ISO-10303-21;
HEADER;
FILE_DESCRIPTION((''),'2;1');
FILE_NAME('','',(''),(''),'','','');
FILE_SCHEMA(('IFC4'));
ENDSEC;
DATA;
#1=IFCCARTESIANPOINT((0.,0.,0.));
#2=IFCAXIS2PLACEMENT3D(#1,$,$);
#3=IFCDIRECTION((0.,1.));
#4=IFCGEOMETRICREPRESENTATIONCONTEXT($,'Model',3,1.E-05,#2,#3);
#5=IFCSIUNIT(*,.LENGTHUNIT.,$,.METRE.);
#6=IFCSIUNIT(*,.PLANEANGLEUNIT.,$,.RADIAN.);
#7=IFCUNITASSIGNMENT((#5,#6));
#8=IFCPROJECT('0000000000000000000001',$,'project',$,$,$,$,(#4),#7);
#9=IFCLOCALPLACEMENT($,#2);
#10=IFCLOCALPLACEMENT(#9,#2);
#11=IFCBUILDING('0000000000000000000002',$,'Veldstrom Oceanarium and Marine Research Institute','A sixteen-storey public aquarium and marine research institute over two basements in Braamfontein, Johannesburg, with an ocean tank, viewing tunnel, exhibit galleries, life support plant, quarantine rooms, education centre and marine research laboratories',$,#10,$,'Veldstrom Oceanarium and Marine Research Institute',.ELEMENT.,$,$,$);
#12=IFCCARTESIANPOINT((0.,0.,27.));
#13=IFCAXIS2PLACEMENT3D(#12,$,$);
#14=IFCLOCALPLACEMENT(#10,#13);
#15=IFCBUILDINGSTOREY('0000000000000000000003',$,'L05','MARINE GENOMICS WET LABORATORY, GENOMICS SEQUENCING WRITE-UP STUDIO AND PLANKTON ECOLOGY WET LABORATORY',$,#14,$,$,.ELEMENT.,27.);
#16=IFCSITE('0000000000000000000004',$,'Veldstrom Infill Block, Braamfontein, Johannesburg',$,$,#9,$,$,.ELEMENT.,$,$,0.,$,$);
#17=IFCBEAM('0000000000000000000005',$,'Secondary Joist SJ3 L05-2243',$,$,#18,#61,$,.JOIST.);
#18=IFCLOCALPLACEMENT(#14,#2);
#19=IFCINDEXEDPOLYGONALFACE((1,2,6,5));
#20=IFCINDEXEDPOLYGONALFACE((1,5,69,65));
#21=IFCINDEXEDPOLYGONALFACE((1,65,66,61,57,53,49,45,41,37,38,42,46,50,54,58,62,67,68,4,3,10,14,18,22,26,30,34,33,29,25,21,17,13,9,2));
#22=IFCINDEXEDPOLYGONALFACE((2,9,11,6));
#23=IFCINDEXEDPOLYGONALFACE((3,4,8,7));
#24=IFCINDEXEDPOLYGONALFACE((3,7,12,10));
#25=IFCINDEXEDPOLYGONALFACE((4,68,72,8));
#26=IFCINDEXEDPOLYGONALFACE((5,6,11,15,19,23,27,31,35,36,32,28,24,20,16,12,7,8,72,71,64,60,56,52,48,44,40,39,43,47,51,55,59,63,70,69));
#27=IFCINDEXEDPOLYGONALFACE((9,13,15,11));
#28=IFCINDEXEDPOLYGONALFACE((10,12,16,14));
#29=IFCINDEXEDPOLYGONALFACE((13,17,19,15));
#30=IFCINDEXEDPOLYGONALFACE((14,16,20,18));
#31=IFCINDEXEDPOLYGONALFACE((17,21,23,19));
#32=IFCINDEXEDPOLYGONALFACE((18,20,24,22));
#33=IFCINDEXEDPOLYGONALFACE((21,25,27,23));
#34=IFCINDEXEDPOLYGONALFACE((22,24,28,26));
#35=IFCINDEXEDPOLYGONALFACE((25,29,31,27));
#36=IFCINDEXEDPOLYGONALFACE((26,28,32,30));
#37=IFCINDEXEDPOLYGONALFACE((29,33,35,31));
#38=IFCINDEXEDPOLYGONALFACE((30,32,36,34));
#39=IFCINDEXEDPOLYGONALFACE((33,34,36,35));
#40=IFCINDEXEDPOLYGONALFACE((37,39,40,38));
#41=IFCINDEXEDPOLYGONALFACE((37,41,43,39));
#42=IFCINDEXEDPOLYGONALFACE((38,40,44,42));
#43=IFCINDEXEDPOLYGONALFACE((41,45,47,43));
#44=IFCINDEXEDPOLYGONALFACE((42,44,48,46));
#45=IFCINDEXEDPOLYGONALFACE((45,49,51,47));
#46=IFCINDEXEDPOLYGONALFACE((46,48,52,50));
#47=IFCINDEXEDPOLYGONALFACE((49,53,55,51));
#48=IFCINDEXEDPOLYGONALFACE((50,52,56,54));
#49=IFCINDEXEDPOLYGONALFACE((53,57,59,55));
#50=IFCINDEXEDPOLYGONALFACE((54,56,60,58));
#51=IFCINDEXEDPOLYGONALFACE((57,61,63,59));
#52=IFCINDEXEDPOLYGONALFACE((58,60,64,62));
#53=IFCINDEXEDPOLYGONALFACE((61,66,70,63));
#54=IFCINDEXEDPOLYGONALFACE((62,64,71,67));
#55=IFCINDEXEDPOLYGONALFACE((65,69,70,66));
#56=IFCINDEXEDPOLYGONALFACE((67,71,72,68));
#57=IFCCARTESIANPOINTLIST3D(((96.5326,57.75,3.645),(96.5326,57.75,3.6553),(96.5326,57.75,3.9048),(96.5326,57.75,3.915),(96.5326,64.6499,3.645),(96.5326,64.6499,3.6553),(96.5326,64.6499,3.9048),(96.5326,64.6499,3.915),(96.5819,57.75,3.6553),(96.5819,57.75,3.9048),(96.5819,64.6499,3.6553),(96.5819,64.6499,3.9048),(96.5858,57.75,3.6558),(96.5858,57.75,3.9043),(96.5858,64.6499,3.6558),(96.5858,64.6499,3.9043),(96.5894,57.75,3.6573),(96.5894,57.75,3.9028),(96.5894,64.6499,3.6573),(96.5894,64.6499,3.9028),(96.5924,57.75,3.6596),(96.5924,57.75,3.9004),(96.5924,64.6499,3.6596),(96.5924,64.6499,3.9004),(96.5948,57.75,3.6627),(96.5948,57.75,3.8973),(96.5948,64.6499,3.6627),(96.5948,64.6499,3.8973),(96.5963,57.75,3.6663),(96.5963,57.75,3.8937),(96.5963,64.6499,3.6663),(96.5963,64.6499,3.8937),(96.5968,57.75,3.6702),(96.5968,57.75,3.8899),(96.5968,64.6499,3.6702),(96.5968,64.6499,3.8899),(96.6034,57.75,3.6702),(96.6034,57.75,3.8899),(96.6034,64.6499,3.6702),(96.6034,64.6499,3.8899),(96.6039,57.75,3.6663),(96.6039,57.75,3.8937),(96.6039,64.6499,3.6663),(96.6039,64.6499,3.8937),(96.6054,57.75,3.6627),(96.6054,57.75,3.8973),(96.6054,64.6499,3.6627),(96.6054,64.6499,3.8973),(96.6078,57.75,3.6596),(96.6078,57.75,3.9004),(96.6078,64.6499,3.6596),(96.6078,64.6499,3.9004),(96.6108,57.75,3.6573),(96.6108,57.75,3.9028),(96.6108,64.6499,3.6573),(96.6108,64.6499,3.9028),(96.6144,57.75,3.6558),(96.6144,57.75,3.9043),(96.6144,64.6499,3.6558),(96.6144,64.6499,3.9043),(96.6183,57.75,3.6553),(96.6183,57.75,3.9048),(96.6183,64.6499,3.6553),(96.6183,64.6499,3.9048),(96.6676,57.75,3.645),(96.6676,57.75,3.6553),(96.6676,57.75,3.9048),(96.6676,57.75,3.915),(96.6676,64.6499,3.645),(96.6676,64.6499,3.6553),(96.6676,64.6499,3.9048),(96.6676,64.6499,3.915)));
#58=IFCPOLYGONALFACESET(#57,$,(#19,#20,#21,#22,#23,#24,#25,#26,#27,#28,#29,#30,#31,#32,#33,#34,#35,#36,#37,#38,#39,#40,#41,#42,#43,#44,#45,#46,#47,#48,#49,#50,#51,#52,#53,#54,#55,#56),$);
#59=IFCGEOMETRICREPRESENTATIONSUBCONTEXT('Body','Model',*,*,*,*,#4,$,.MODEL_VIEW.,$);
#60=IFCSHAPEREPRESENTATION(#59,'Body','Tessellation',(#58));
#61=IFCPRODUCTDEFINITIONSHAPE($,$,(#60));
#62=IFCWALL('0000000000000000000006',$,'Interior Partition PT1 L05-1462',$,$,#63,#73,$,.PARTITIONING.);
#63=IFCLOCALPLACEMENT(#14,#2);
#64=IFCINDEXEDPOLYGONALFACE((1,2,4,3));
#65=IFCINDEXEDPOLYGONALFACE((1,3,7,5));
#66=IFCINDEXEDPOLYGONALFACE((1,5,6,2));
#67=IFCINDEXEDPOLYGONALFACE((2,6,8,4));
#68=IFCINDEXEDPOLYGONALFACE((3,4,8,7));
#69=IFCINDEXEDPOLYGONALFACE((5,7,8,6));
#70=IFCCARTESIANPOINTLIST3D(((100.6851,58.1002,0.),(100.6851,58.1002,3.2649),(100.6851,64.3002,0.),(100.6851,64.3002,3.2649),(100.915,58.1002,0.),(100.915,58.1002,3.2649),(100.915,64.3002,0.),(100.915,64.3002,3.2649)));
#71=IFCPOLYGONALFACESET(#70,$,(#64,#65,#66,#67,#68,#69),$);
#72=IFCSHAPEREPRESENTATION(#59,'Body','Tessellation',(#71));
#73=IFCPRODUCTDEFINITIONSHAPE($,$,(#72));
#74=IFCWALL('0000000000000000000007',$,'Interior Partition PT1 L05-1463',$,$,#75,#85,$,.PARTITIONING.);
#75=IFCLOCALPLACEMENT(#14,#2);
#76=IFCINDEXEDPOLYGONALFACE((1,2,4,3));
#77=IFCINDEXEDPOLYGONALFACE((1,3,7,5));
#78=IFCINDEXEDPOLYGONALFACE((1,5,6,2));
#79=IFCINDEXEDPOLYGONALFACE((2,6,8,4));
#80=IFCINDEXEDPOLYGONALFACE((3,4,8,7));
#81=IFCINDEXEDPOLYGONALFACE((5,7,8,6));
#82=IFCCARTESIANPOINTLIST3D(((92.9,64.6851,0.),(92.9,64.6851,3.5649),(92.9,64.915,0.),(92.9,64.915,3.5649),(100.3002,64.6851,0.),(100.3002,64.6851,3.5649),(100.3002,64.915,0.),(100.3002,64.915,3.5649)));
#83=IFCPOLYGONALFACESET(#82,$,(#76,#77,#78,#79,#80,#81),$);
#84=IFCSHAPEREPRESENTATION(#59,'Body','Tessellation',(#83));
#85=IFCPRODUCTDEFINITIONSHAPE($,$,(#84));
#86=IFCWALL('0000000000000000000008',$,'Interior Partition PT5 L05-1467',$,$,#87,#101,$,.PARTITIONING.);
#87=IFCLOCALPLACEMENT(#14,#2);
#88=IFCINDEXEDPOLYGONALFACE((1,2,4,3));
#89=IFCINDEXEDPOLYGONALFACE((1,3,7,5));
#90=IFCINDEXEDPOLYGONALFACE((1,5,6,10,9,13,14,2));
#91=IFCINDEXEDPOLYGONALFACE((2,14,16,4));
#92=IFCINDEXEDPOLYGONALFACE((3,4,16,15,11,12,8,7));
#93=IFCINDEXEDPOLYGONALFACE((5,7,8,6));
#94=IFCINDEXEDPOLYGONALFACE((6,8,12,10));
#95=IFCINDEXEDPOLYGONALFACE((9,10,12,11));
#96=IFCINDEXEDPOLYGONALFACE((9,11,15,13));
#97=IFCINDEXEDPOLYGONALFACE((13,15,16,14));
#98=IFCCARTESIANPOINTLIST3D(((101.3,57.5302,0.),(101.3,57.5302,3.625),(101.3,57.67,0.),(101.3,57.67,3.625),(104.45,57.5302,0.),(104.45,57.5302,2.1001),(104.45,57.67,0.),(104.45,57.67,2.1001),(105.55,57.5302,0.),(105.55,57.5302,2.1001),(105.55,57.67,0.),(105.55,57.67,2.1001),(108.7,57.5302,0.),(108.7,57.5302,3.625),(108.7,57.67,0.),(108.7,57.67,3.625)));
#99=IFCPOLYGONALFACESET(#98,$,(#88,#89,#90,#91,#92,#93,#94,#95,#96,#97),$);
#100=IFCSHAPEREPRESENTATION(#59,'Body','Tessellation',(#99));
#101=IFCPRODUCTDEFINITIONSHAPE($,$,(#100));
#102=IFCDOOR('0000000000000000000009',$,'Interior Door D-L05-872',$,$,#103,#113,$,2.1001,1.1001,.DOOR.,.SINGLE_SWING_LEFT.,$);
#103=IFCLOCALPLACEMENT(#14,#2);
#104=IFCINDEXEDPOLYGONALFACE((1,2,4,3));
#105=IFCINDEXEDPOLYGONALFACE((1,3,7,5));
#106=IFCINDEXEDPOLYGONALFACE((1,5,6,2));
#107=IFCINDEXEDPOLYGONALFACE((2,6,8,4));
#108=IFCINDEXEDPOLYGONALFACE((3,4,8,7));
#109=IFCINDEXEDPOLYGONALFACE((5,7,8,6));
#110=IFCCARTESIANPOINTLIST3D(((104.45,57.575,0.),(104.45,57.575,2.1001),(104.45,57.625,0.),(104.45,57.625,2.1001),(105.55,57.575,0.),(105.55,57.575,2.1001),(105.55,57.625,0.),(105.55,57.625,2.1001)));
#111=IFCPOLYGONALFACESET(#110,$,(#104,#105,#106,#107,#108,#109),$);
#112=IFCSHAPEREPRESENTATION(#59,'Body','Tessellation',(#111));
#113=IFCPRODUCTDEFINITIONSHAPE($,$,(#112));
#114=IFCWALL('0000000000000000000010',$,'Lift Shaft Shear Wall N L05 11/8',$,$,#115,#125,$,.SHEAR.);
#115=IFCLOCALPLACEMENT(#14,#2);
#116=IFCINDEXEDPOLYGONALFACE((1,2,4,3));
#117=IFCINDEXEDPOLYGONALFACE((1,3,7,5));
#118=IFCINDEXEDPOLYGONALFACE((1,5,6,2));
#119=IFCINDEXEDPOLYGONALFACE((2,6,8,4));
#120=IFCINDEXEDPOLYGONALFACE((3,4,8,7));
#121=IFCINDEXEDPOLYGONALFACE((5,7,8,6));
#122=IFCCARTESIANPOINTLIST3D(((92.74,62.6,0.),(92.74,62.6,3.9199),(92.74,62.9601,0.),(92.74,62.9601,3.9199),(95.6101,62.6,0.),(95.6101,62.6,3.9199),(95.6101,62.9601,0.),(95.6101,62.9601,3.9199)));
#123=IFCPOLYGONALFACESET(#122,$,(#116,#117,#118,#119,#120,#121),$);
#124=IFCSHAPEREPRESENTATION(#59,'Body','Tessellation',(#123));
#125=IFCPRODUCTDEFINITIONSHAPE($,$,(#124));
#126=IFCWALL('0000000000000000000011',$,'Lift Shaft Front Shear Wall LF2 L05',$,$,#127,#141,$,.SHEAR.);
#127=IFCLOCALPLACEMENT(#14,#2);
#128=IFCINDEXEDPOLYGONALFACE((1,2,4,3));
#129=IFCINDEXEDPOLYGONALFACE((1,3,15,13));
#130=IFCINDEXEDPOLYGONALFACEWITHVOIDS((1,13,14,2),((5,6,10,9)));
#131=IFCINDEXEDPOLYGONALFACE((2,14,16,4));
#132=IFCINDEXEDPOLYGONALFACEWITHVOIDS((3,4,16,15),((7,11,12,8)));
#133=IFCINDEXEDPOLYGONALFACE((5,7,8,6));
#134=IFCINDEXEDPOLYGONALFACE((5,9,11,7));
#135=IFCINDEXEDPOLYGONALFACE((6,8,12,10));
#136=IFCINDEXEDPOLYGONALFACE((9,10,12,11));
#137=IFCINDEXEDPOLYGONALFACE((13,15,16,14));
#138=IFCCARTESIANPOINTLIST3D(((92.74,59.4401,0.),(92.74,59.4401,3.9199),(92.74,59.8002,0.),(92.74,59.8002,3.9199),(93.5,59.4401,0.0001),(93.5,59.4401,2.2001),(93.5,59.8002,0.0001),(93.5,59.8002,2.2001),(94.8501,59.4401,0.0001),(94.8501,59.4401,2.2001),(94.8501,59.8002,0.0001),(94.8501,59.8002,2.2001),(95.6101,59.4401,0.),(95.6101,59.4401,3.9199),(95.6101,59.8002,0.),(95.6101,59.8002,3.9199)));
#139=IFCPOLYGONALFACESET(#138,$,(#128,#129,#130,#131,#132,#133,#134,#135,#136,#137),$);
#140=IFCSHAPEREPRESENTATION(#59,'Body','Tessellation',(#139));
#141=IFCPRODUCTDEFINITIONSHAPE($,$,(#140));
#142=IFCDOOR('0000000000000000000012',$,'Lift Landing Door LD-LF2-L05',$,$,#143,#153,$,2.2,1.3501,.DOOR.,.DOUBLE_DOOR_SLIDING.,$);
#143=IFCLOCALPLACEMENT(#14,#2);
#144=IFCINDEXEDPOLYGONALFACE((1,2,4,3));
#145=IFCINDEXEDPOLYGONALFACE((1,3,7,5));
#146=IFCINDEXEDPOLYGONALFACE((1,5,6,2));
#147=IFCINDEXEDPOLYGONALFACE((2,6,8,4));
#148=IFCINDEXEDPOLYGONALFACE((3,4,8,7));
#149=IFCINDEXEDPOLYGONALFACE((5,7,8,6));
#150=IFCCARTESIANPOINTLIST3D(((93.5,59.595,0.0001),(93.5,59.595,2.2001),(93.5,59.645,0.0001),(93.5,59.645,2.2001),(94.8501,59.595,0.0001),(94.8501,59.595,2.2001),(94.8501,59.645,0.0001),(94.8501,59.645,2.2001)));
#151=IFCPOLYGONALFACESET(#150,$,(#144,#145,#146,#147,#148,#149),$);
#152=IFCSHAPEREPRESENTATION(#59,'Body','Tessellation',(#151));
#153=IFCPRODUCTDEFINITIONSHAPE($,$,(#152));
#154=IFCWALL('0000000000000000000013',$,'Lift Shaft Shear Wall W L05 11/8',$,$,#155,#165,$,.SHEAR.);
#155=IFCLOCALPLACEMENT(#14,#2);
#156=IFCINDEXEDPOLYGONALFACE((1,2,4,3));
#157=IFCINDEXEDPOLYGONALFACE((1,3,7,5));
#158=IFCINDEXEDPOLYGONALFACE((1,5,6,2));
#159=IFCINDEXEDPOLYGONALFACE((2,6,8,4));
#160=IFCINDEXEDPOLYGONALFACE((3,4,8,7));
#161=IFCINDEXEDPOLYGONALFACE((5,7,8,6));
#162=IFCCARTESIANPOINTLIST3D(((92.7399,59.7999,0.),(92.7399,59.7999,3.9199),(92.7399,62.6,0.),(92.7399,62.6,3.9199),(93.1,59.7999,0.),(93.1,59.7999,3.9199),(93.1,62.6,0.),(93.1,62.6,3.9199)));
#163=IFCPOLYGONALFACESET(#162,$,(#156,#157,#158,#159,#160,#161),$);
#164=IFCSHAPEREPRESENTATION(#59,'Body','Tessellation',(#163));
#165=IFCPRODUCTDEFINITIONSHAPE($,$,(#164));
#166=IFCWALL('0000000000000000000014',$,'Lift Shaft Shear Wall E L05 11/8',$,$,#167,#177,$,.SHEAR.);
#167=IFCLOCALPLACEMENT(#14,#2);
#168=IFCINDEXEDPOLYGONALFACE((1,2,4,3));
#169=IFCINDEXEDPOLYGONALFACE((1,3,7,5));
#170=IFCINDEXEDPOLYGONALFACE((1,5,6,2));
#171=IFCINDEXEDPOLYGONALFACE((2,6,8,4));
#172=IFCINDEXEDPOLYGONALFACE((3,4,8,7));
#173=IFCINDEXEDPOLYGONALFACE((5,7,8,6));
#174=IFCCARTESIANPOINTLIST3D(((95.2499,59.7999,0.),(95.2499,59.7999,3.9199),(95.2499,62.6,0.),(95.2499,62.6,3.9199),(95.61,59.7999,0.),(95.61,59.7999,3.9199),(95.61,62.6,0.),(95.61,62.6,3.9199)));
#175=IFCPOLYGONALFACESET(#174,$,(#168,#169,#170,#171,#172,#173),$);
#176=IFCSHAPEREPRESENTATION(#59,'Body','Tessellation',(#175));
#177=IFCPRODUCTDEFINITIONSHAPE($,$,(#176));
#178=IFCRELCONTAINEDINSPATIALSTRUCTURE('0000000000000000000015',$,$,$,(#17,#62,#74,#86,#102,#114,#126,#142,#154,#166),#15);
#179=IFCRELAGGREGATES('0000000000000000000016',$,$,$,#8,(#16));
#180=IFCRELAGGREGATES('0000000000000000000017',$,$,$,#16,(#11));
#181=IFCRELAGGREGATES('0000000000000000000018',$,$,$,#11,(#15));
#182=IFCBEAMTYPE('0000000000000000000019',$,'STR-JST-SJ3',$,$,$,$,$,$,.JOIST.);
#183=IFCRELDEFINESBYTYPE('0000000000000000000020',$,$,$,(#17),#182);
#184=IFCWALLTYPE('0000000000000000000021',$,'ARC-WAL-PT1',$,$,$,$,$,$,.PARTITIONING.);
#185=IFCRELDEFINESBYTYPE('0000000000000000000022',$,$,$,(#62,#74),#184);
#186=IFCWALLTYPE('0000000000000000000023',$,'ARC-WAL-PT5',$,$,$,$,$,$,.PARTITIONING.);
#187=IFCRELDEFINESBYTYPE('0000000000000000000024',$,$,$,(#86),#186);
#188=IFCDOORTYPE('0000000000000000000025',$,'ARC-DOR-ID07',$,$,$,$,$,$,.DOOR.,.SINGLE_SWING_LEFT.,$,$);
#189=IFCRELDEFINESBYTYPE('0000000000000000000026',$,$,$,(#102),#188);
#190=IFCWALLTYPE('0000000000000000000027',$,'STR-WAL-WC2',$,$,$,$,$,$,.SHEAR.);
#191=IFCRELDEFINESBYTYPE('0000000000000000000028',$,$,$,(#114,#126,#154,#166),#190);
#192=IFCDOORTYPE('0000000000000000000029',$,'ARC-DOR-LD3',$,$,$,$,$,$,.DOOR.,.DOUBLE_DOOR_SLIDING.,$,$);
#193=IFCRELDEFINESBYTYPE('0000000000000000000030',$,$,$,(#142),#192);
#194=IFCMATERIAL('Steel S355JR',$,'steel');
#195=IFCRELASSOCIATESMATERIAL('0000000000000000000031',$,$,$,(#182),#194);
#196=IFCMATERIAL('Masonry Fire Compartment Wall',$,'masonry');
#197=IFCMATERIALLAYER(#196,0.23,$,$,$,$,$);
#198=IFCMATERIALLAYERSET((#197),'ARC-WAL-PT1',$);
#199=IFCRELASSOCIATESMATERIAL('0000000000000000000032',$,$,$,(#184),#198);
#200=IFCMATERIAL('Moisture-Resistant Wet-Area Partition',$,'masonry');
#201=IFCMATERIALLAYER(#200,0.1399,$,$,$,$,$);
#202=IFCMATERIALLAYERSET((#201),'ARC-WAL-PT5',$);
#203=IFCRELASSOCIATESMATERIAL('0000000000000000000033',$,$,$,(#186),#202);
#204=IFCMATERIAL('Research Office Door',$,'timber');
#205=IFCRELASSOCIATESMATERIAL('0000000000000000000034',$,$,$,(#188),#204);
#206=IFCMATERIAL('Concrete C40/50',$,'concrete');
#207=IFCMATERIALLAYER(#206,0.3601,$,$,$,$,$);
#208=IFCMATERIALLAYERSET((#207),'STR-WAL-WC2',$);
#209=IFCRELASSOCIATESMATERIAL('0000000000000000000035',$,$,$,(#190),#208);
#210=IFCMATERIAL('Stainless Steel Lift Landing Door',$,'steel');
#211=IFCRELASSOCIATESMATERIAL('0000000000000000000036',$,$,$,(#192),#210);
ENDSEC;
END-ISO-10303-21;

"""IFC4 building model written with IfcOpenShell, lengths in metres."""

from ifc_helpers import new_model, si_unit, direction, frame, frame_2d, origin, origin_2d, place, context, subcontext, project, spatial, rectangle, i_section, extrude, material, layer, layer_set, material_profile, profile_set, type_object, element, fill, save


model = new_model("IFC4")

# Units and contexts
model_context = context("Model", 3, precision=1e-05, world=origin(), true_north=direction((0.0, 1.0)))
body_context = subcontext(model_context, "Body", "Model", "MODEL_VIEW")
ifc_project = project(units=[si_unit("LENGTHUNIT", "METRE"), si_unit("PLANEANGLEUNIT", "RADIAN")], contexts=[model_context])

# Site, building, storey
site_placement = place(None, origin())
site = spatial("IfcSite", under=ifc_project, at=site_placement, Name="Veldstrom Infill Block, Braamfontein, Johannesburg", CompositionType="ELEMENT", RefElevation=0.0)
building_placement = place(site_placement, origin())
building = spatial("IfcBuilding", under=site, at=building_placement, Name="Veldstrom Oceanarium and Marine Research Institute", Description="A sixteen-storey public aquarium and marine research institute over two basements in Braamfontein, Johannesburg, with an ocean tank, viewing tunnel, exhibit galleries, life support plant, quarantine rooms, education centre and marine research laboratories", LongName="Veldstrom Oceanarium and Marine Research Institute", CompositionType="ELEMENT")
storey_placement = place(building_placement, frame((0.0, 0.0, 27.0)))
storey = spatial("IfcBuildingStorey", under=building, at=storey_placement, Name="L05", Description="MARINE GENOMICS WET LABORATORY, GENOMICS SEQUENCING WRITE-UP STUDIO AND PLANKTON ECOLOGY WET LABORATORY", CompositionType="ELEMENT", Elevation=27.0)

# Beam
ifc_material_1 = material(Name="Steel S355JR", Category="steel")
ifc_material_profile_1 = material_profile(ifc_material_1, i_section(OverallWidth=0.135, OverallDepth=0.27, WebThickness=0.0066, FlangeThickness=0.0103, FilletRadius=0.0149, at=origin_2d()), Name="IPE 270")
ifc_profile_set_1 = profile_set([ifc_material_profile_1], Name="Steel S355JR")
beam_type_1 = type_object("IfcBeamType", Name="STR-JST-SJ3", PredefinedType="JOIST", material=ifc_profile_set_1)
beam_1_placement = place(storey_placement, frame((96.6001, 57.75, 3.78), z_axis=(0.0, 1.0, 0.0), x_axis=(-1.0, 0.0, 0.0)))
element("IfcBeam", 1, at=beam_1_placement, inside=storey, type_object=beam_type_1, Name="Secondary Joist SJ3 L05-2243", PredefinedType="JOIST", context=body_context, shape_type="SweptSolid", body=[
    extrude(i_section(OverallWidth=0.135, OverallDepth=0.27, WebThickness=0.0066, FlangeThickness=0.0103, FilletRadius=0.0149, at=origin_2d()), origin(), (0.0, 0.0, 1.0), 6.8999),
])

# Shared definitions
ifc_material_2 = material(Name="Masonry Fire Compartment Wall", Category="masonry")
ifc_layer_1 = layer(ifc_material_2, 0.23)
ifc_layer_set_1 = layer_set([ifc_layer_1], Name="ARC-WAL-PT1")
wall_type_1 = type_object("IfcWallType", Name="ARC-WAL-PT1", PredefinedType="PARTITIONING", material=ifc_layer_set_1)

# Walls
wall_1_placement = place(storey_placement, frame((100.8, 58.1001, 0.0), z_axis=(0.0, 0.0, 1.0), x_axis=(0.0, 1.0, 0.0)))
element("IfcWall", 2, at=wall_1_placement, inside=storey, type_object=wall_type_1, Name="Interior Partition PT1 L05-1462", PredefinedType="PARTITIONING", context=body_context, shape_type="SweptSolid", body=[
    extrude(rectangle(XDim=6.2, YDim=0.23, at=frame_2d((3.1001, 0.0))), origin(), (0.0, 0.0, 1.0), 3.2649),
])
wall_2_placement = place(storey_placement, frame((92.8999, 64.8, 0.0), z_axis=(0.0, 0.0, 1.0), x_axis=(1.0, 0.0, 0.0)))
element("IfcWall", 3, at=wall_2_placement, inside=storey, type_object=wall_type_1, Name="Interior Partition PT1 L05-1463", PredefinedType="PARTITIONING", context=body_context, shape_type="SweptSolid", body=[
    extrude(rectangle(XDim=7.4001, YDim=0.23, at=frame_2d((3.7002, 0.0))), origin(), (0.0, 0.0, 1.0), 3.5649),
])

# Wall, opening, door
ifc_material_3 = material(Name="Moisture-Resistant Wet-Area Partition", Category="masonry")
ifc_layer_2 = layer(ifc_material_3, 0.1399)
ifc_layer_set_2 = layer_set([ifc_layer_2], Name="ARC-WAL-PT5")
wall_type_2 = type_object("IfcWallType", Name="ARC-WAL-PT5", PredefinedType="PARTITIONING", material=ifc_layer_set_2)
wall_3_placement = place(storey_placement, frame((101.3, 57.6001, 0.0), z_axis=(0.0, 0.0, 1.0), x_axis=(1.0, 0.0, 0.0)))
wall_3 = element("IfcWall", 4, at=wall_3_placement, inside=storey, type_object=wall_type_2, Name="Interior Partition PT5 L05-1467", PredefinedType="PARTITIONING", context=body_context, shape_type="SweptSolid", body=[
    extrude(rectangle(XDim=7.3999, YDim=0.1399, at=frame_2d((3.7, 0.0))), origin(), (0.0, 0.0, 1.0), 3.625),
])
opening_1_placement = place(wall_3_placement, frame((3.1499, 0.0, 0.0)))
opening_1 = element("IfcOpeningElement", 5, at=opening_1_placement, cuts=wall_3, PredefinedType="OPENING", context=body_context, shape_type="SweptSolid", body=[
    extrude(rectangle(XDim=1.1001, YDim=2.1001, at=frame_2d((0.55, 1.05))), frame((0.0, 0.0798, 0.0), z_axis=(0.0, -1.0, 0.0), x_axis=(1.0, 0.0, 0.0)), (0.0, 0.0, 1.0), 0.1599),
])
ifc_material_4 = material(Name="Research Office Door", Category="timber")
door_type_1 = type_object("IfcDoorType", Name="ARC-DOR-ID07", OperationType="SINGLE_SWING_LEFT", PredefinedType="DOOR", material=ifc_material_4)
door_1_placement = place(opening_1_placement, origin())
door_1 = element("IfcDoor", 6, at=door_1_placement, inside=storey, type_object=door_type_1, Name="Interior Door D-L05-872", OperationType="SINGLE_SWING_LEFT", OverallHeight=2.1001, OverallWidth=1.1001, PredefinedType="DOOR", context=body_context, shape_type="SweptSolid", body=[
    extrude(rectangle(XDim=1.1001, YDim=2.1001, at=frame_2d((0.55, 1.05))), frame((0.0, 0.0249, 0.0), z_axis=(0.0, -1.0, 0.0), x_axis=(1.0, 0.0, 0.0)), (0.0, 0.0, 1.0), 0.05),
])
fill(opening_1, door_1)

# Wall
ifc_material_5 = material(Name="Concrete C40/50", Category="concrete")
ifc_layer_3 = layer(ifc_material_5, 0.3601)
ifc_layer_set_3 = layer_set([ifc_layer_3], Name="STR-WAL-WC2")
wall_type_3 = type_object("IfcWallType", Name="STR-WAL-WC2", PredefinedType="SHEAR", material=ifc_layer_set_3)
wall_4_placement = place(storey_placement, frame((92.74, 62.78, 0.0), z_axis=(0.0, 0.0, 1.0), x_axis=(1.0, 0.0, 0.0)))
element("IfcWall", 7, at=wall_4_placement, inside=storey, type_object=wall_type_3, Name="Lift Shaft Shear Wall N L05 11/8", PredefinedType="SHEAR", context=body_context, shape_type="SweptSolid", body=[
    extrude(rectangle(XDim=2.8701, YDim=0.3601, at=frame_2d((1.4351, 0.0))), origin(), (0.0, 0.0, 1.0), 3.9199),
])

# Wall, opening, door
wall_5_placement = place(storey_placement, frame((92.74, 59.6201, 0.0), z_axis=(0.0, 0.0, 1.0), x_axis=(1.0, 0.0, 0.0)))
wall_5 = element("IfcWall", 8, at=wall_5_placement, inside=storey, type_object=wall_type_3, Name="Lift Shaft Front Shear Wall LF2 L05", PredefinedType="SHEAR", context=body_context, shape_type="SweptSolid", body=[
    extrude(rectangle(XDim=2.8701, YDim=0.3601, at=frame_2d((1.4351, 0.0))), origin(), (0.0, 0.0, 1.0), 3.9199),
])
opening_2_placement = place(wall_5_placement, frame((0.76, 0.0, 0.0)))
opening_2 = element("IfcOpeningElement", 9, at=opening_2_placement, cuts=wall_5, PredefinedType="OPENING", context=body_context, shape_type="SweptSolid", body=[
    extrude(rectangle(XDim=1.3501, YDim=2.2, at=frame_2d((0.675, 1.1001))), frame((0.0, 0.1899, 0.0), z_axis=(0.0, -1.0, 0.0), x_axis=(1.0, 0.0, 0.0)), (0.0, 0.0, 1.0), 0.3801),
])
ifc_material_6 = material(Name="Stainless Steel Lift Landing Door", Category="steel")
door_type_2 = type_object("IfcDoorType", Name="ARC-DOR-LD3", OperationType="DOUBLE_DOOR_SLIDING", PredefinedType="DOOR", material=ifc_material_6)
door_2_placement = place(opening_2_placement, origin())
door_2 = element("IfcDoor", 10, at=door_2_placement, inside=storey, type_object=door_type_2, Name="Lift Landing Door LD-LF2-L05", OperationType="DOUBLE_DOOR_SLIDING", OverallHeight=2.2, OverallWidth=1.3501, PredefinedType="DOOR", context=body_context, shape_type="SweptSolid", body=[
    extrude(rectangle(XDim=1.3501, YDim=2.2, at=frame_2d((0.675, 1.1001))), frame((0.0, 0.0249, 0.0), z_axis=(0.0, -1.0, 0.0), x_axis=(1.0, 0.0, 0.0)), (0.0, 0.0, 1.0), 0.05),
])
fill(opening_2, door_2)

# Walls
for number, where, z_axis, x_axis, name in (
    (11, (92.9199, 59.8, 0.0), (0.0, 0.0, 1.0), (0.0, 1.0, 0.0), "Lift Shaft Shear Wall W L05 11/8"),
    (12, (95.4299, 59.8, 0.0), (0.0, 0.0, 1.0), (0.0, 1.0, 0.0), "Lift Shaft Shear Wall E L05 11/8"),
):
    element("IfcWall", number, at=place(storey_placement, frame(where, z_axis=z_axis, x_axis=x_axis)), inside=storey, type_object=wall_type_3, Name=name, PredefinedType="SHEAR", context=body_context, shape_type="SweptSolid", body=[
        extrude(rectangle(XDim=2.8, YDim=0.3601, at=frame_2d((1.3999, 0.0))), origin(), (0.0, 0.0, 1.0), 3.9199),
    ])

save(model, "model.ifc")
